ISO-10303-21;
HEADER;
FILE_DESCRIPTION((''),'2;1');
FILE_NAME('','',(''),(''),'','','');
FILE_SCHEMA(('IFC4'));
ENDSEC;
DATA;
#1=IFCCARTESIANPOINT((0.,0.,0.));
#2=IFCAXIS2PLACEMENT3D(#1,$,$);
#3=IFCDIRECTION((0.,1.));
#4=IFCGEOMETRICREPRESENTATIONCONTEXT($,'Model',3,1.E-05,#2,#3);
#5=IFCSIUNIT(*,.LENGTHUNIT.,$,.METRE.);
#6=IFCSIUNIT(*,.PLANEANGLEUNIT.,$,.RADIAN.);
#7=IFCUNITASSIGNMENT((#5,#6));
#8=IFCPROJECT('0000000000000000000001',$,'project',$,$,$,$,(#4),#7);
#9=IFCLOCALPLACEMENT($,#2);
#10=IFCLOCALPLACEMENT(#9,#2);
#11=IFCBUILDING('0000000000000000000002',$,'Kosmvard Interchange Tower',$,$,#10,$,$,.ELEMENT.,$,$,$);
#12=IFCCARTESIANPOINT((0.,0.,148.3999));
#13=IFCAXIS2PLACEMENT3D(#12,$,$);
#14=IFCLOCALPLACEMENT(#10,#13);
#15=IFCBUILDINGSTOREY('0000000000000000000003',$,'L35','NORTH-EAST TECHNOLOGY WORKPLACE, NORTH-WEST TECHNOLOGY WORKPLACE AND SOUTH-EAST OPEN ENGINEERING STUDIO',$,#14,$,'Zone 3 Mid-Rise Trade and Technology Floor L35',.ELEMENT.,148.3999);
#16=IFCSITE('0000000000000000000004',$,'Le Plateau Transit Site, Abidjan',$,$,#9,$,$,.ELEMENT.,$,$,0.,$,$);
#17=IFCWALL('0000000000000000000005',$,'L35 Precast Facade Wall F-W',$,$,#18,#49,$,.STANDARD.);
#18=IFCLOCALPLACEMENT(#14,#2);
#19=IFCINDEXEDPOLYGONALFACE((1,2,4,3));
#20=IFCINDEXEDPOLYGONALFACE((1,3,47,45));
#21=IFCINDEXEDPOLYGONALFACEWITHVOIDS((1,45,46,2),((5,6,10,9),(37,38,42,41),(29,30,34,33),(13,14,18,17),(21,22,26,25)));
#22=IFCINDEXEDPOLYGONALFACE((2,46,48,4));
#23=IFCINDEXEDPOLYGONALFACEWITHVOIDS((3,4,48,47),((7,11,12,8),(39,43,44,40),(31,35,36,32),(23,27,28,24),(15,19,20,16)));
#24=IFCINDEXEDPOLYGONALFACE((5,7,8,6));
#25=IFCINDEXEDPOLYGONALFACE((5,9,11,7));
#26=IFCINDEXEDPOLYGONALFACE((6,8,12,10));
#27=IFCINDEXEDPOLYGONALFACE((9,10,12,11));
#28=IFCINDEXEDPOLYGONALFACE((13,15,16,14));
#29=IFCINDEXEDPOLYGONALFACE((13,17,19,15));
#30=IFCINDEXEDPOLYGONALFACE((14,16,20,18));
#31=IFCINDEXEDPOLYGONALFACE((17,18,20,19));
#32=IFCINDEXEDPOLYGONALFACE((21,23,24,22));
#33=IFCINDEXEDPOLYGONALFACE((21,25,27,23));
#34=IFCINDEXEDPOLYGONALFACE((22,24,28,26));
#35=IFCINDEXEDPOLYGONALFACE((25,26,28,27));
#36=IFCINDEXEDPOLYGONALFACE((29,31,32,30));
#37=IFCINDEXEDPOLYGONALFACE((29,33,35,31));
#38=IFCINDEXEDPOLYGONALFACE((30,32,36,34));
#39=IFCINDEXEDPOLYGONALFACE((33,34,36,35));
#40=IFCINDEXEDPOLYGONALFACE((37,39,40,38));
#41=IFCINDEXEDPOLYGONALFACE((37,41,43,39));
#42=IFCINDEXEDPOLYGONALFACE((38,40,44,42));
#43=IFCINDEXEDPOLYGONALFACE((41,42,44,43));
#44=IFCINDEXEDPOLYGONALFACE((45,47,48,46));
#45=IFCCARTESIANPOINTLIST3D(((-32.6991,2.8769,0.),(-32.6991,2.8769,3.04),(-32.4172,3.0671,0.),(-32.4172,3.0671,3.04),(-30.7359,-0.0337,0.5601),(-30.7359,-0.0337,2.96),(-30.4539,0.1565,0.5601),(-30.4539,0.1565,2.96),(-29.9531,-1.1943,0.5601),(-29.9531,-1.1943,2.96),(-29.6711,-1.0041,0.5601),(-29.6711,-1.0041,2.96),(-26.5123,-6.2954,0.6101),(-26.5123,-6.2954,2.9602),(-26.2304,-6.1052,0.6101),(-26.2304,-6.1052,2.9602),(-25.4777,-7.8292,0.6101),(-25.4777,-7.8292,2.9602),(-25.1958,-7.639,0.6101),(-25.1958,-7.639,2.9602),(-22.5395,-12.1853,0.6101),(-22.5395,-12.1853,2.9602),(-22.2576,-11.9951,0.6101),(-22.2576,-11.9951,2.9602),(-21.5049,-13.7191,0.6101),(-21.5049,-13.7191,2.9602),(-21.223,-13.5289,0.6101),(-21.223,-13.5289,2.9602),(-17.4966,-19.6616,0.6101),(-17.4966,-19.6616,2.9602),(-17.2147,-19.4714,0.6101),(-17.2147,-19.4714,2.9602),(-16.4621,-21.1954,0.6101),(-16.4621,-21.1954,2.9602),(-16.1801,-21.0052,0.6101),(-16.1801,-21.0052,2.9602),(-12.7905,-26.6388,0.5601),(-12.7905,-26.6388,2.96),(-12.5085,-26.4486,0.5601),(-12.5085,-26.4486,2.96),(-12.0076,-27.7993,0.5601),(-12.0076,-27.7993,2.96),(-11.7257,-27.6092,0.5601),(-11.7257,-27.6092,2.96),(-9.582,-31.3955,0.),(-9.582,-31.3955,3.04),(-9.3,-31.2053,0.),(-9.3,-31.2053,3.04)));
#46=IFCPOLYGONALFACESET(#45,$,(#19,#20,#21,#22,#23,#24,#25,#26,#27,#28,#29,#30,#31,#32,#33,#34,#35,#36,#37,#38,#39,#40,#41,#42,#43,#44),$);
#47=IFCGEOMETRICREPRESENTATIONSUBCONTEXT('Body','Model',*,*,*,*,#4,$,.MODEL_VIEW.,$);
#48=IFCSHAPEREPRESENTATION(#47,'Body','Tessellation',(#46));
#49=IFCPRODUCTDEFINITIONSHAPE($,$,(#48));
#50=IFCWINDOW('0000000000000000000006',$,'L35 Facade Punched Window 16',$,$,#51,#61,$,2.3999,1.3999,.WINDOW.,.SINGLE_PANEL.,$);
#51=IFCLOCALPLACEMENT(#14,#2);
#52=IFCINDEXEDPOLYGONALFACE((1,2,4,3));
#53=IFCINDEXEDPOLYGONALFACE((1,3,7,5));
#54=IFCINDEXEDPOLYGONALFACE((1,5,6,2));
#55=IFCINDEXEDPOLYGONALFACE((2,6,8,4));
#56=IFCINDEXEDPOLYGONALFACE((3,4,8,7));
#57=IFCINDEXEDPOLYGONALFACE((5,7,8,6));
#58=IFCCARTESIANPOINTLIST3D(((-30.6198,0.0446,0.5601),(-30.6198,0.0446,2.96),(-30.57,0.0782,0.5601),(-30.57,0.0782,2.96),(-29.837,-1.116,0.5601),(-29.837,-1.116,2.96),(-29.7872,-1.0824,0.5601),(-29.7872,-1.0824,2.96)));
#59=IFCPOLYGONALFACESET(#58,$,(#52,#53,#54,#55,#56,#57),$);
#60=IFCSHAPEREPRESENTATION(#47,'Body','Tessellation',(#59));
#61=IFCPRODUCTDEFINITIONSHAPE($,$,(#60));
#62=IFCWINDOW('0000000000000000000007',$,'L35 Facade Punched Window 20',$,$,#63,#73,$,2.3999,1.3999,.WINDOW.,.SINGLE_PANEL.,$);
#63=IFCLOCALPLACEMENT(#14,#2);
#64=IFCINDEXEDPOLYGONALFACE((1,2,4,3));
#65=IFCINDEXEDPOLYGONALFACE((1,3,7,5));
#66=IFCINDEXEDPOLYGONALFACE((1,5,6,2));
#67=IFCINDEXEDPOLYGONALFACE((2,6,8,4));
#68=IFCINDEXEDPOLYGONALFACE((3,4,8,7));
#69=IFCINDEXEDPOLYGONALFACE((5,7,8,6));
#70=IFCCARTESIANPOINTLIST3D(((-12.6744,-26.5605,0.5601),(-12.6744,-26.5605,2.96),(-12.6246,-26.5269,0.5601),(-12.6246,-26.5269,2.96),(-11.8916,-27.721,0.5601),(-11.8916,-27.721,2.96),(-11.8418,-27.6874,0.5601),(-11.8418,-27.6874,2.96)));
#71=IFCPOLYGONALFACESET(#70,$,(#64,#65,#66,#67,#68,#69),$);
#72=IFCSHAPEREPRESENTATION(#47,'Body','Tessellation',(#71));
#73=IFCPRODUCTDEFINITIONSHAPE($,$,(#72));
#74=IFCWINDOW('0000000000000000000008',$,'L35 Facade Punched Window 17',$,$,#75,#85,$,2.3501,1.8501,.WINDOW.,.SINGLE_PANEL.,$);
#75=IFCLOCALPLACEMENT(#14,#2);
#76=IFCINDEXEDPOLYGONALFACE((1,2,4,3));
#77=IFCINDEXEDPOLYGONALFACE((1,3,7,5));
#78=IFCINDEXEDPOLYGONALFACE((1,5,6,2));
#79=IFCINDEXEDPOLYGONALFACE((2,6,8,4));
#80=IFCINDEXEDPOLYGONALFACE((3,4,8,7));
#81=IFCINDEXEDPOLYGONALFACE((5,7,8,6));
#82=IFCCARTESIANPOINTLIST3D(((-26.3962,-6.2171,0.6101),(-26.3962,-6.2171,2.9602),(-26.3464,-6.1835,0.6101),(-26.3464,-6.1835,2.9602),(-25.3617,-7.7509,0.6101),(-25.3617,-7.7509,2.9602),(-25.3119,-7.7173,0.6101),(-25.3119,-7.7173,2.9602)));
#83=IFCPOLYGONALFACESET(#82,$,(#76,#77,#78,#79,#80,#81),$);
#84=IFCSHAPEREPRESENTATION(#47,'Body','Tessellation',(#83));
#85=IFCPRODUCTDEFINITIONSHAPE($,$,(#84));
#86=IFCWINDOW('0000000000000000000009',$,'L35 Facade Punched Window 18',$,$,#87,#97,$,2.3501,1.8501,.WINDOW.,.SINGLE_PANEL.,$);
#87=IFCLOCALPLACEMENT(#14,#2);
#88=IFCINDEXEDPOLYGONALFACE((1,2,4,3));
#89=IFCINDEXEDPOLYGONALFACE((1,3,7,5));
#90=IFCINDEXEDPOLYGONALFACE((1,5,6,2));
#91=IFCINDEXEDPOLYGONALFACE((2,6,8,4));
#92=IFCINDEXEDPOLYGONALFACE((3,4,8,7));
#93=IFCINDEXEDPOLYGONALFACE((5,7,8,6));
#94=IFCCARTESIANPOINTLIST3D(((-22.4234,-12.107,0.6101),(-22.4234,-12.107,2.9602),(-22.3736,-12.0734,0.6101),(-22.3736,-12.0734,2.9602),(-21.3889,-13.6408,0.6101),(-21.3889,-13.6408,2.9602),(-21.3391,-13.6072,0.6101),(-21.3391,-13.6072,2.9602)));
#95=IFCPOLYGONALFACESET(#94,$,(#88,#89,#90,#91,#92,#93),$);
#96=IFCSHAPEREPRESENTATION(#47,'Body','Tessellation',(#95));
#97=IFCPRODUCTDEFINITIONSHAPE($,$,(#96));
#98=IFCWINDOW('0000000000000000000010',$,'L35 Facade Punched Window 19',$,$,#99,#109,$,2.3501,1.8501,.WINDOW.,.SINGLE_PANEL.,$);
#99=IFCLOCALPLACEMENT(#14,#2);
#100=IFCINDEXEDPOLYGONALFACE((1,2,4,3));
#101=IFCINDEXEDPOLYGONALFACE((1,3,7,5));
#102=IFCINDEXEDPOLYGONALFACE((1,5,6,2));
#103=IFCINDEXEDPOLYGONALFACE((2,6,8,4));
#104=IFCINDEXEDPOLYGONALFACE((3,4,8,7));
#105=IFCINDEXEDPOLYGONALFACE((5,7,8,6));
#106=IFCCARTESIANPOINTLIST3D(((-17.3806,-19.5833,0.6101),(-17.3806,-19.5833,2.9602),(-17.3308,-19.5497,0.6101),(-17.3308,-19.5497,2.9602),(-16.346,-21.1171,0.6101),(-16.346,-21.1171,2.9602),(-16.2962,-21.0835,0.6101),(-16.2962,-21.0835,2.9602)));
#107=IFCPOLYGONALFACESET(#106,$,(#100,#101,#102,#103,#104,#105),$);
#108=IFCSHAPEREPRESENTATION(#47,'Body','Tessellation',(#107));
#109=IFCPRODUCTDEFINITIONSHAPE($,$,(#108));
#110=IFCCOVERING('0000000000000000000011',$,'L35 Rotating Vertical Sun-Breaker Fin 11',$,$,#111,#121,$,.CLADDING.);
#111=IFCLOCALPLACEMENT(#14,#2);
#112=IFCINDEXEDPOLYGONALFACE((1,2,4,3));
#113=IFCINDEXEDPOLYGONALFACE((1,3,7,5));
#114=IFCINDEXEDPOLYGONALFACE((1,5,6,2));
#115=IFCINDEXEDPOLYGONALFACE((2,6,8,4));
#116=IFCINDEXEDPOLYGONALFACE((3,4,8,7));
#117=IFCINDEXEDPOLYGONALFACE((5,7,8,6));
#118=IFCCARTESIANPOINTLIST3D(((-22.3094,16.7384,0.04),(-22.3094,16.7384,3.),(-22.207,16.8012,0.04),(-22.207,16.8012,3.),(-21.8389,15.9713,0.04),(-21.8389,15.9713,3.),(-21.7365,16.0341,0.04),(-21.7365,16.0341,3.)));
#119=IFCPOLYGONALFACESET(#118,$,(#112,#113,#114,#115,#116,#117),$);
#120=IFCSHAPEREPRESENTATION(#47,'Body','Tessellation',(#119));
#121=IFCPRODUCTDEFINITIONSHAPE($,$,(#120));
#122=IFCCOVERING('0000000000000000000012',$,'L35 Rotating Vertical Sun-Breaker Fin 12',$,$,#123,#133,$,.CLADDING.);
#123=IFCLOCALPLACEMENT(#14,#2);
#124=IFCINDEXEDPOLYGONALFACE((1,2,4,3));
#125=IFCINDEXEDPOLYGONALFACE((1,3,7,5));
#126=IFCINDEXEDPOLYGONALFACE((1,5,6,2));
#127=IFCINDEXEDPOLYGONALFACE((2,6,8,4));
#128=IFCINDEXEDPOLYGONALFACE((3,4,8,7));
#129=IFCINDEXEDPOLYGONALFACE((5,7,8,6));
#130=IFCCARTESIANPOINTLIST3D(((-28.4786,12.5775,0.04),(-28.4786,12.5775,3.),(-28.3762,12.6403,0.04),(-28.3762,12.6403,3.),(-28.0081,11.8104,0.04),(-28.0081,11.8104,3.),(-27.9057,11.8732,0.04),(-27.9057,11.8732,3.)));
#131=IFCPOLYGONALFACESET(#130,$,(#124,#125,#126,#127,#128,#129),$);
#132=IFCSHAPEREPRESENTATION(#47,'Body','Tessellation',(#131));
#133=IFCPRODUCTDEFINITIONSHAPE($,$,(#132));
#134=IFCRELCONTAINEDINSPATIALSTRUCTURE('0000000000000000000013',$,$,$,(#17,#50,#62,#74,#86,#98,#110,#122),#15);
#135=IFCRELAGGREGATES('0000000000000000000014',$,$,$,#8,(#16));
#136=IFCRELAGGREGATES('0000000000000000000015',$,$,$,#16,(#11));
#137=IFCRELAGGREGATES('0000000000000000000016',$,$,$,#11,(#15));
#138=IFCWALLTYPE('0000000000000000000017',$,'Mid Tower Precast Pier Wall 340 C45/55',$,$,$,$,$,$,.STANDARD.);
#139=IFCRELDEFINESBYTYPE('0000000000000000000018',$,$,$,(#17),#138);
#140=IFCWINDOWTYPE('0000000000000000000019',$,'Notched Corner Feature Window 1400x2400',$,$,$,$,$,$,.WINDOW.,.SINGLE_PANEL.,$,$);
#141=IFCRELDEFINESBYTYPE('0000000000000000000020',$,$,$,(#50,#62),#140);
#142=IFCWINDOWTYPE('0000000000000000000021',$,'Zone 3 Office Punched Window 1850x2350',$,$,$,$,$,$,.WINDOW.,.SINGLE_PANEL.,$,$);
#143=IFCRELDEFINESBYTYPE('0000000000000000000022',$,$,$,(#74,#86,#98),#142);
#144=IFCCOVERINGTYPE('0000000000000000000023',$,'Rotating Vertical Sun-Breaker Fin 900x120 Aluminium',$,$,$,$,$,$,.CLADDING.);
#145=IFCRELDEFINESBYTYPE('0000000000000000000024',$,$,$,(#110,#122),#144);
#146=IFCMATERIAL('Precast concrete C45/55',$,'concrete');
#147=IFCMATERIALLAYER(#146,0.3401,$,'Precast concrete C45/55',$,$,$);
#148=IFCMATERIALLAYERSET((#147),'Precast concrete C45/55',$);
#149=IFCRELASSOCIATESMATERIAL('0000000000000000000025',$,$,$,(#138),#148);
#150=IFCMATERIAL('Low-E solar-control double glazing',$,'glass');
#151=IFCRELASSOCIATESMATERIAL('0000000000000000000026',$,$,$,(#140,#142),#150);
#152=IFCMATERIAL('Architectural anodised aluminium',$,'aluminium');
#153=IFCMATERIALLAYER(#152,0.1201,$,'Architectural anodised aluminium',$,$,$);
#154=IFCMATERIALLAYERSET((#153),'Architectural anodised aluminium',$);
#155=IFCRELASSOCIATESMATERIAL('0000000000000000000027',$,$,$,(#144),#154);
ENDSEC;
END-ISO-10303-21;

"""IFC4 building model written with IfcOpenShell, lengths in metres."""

from ifc_helpers import new_model, si_unit, direction, frame, frame_2d, origin, origin_2d, place, context, subcontext, project, spatial, rectangle, extrude, source, transform, mapped, material, layer, layer_set, type_object, element, fill, save


model = new_model("IFC4")

# Units and contexts
model_context = context("Model", 3, precision=1e-05, world=origin(), true_north=direction((0.0, 1.0)))
body_context = subcontext(model_context, "Body", "Model", "MODEL_VIEW")
ifc_project = project(units=[si_unit("LENGTHUNIT", "METRE"), si_unit("PLANEANGLEUNIT", "RADIAN")], contexts=[model_context])

# Site, building, storey
site_placement = place(None, origin())
site = spatial("IfcSite", under=ifc_project, at=site_placement, Name="Le Plateau Transit Site, Abidjan", CompositionType="ELEMENT", RefElevation=0.0)
building_placement = place(site_placement, origin())
building = spatial("IfcBuilding", under=site, at=building_placement, Name="Kosmvard Interchange Tower", CompositionType="ELEMENT")
storey_placement = place(building_placement, frame((0.0, 0.0, 148.3999)))
storey = spatial("IfcBuildingStorey", under=building, at=storey_placement, Name="L35", Description="NORTH-EAST TECHNOLOGY WORKPLACE, NORTH-WEST TECHNOLOGY WORKPLACE AND SOUTH-EAST OPEN ENGINEERING STUDIO", LongName="Zone 3 Mid-Rise Trade and Technology Floor L35", CompositionType="ELEMENT", Elevation=148.3999)

# Shared definitions
ifc_material_1 = material(Name="Precast concrete C45/55", Category="concrete")

# Shared definitions
ifc_layer_1 = layer(ifc_material_1, 0.3401, Name="Precast concrete C45/55")
ifc_layer_set_1 = layer_set([ifc_layer_1], Name="Precast concrete C45/55")
wall_type = type_object("IfcWallType", Name="Mid Tower Precast Pier Wall 340 C45/55", PredefinedType="STANDARD", material=ifc_layer_set_1)

# Shared definitions
ifc_material_2 = material(Name="Low-E solar-control double glazing", Category="glass")
window_type_1 = type_object("IfcWindowType", Name="Notched Corner Feature Window 1400x2400", PartitioningType="SINGLE_PANEL", PredefinedType="WINDOW", material=ifc_material_2)
shared_shape_1 = source(origin(), body_context, "Body", "SweptSolid", [
    extrude(rectangle(XDim=1.3999, YDim=2.3999, at=frame_2d((0.7, 1.2))), frame((0.0, 0.03, 0.0), z_axis=(0.0, -1.0, 0.0), x_axis=(1.0, 0.0, 0.0)), (0.0, 0.0, 1.0), 0.0601),
])

# Wall, openings, windows
wall_1_placement = place(storey_placement, frame((-32.5581, 2.9719, 0.0), z_axis=(0.0, 0.0, 1.0), x_axis=(0.559195, -0.829036, 0.0)))
wall_1 = element("IfcWall", 1, at=wall_1_placement, inside=storey, type_object=wall_type, Name="L35 Precast Facade Wall F-W", PredefinedType="STANDARD", context=body_context, shape_type="SweptSolid", body=[
    extrude(rectangle(XDim=41.3401, YDim=0.3401, at=frame_2d((20.6699, 0.0))), origin(), (0.0, 0.0, 1.0), 3.04),
])
opening_1_placement = place(wall_1_placement, frame((3.5107, 0.0, 0.5601)))
opening_1 = element("IfcOpeningElement", 2, at=opening_1_placement, cuts=wall_1, PredefinedType="OPENING", context=body_context, shape_type="SweptSolid", body=[
    extrude(rectangle(XDim=1.3999, YDim=2.3999, at=frame_2d((0.7, 1.2))), frame((0.0, 0.1802, 0.0), z_axis=(0.0, -1.0, 0.0), x_axis=(1.0, 0.0, 0.0)), (0.0, 0.0, 1.0), 0.3601),
])
opening_2_placement = place(wall_1_placement, frame((11.0637, 0.0, 0.6101)))
opening_2 = element("IfcOpeningElement", 3, at=opening_2_placement, cuts=wall_1, PredefinedType="OPENING", context=body_context, shape_type="SweptSolid", body=[
    extrude(rectangle(XDim=1.8501, YDim=2.3501, at=frame_2d((0.925, 1.175))), frame((0.0, 0.1802, 0.0), z_axis=(0.0, -1.0, 0.0), x_axis=(1.0, 0.0, 0.0)), (0.0, 0.0, 1.0), 0.3601),
])
opening_3_placement = place(wall_1_placement, frame((18.1682, 0.0, 0.6101)))
opening_3 = element("IfcOpeningElement", 4, at=opening_3_placement, cuts=wall_1, PredefinedType="OPENING", context=body_context, shape_type="SweptSolid", body=[
    extrude(rectangle(XDim=1.8501, YDim=2.3501, at=frame_2d((0.925, 1.175))), frame((0.0, 0.1802, 0.0), z_axis=(0.0, -1.0, 0.0), x_axis=(1.0, 0.0, 0.0)), (0.0, 0.0, 1.0), 0.3601),
])
opening_4_placement = place(wall_1_placement, frame((27.1863, 0.0, 0.6101)))
opening_4 = element("IfcOpeningElement", 5, at=opening_4_placement, cuts=wall_1, PredefinedType="OPENING", context=body_context, shape_type="SweptSolid", body=[
    extrude(rectangle(XDim=1.8501, YDim=2.3501, at=frame_2d((0.925, 1.175))), frame((0.0, 0.1802, 0.0), z_axis=(0.0, -1.0, 0.0), x_axis=(1.0, 0.0, 0.0)), (0.0, 0.0, 1.0), 0.3601),
])
opening_5_placement = place(wall_1_placement, frame((35.6023, 0.0, 0.5601)))
opening_5 = element("IfcOpeningElement", 6, at=opening_5_placement, cuts=wall_1, PredefinedType="OPENING", context=body_context, shape_type="SweptSolid", body=[
    extrude(rectangle(XDim=1.3999, YDim=2.3999, at=frame_2d((0.7, 1.2))), frame((0.0, 0.1802, 0.0), z_axis=(0.0, -1.0, 0.0), x_axis=(1.0, 0.0, 0.0)), (0.0, 0.0, 1.0), 0.3601),
])
window_1_placement = place(opening_1_placement, origin())
window_1 = element("IfcWindow", 7, at=window_1_placement, inside=storey, type_object=window_type_1, Name="L35 Facade Punched Window 16", OverallHeight=2.3999, OverallWidth=1.3999, PartitioningType="SINGLE_PANEL", PredefinedType="WINDOW", context=body_context, shape_type="MappedRepresentation", body=[
    mapped(shared_shape_1, transform((0.0, 0.0, 0.0), scale=1.0)),
])
fill(opening_1, window_1)
window_2_placement = place(opening_5_placement, origin())
window_2 = element("IfcWindow", 8, at=window_2_placement, inside=storey, type_object=window_type_1, Name="L35 Facade Punched Window 20", OverallHeight=2.3999, OverallWidth=1.3999, PartitioningType="SINGLE_PANEL", PredefinedType="WINDOW", context=body_context, shape_type="MappedRepresentation", body=[
    mapped(shared_shape_1, transform((0.0, 0.0, 0.0), scale=1.0)),
])
fill(opening_5, window_2)
window_type_2 = type_object("IfcWindowType", Name="Zone 3 Office Punched Window 1850x2350", PartitioningType="SINGLE_PANEL", PredefinedType="WINDOW", material=ifc_material_2)
shared_shape_2 = source(origin(), body_context, "Body", "SweptSolid", [
    extrude(rectangle(XDim=1.8501, YDim=2.3501, at=frame_2d((0.925, 1.175))), frame((0.0, 0.03, 0.0), z_axis=(0.0, -1.0, 0.0), x_axis=(1.0, 0.0, 0.0)), (0.0, 0.0, 1.0), 0.0601),
])
window_3_placement = place(opening_2_placement, origin())
window_3 = element("IfcWindow", 9, at=window_3_placement, inside=storey, type_object=window_type_2, Name="L35 Facade Punched Window 17", OverallHeight=2.3501, OverallWidth=1.8501, PartitioningType="SINGLE_PANEL", PredefinedType="WINDOW", context=body_context, shape_type="MappedRepresentation", body=[
    mapped(shared_shape_2, transform((0.0, 0.0, 0.0), scale=1.0)),
])
fill(opening_2, window_3)
window_4_placement = place(opening_3_placement, origin())
window_4 = element("IfcWindow", 10, at=window_4_placement, inside=storey, type_object=window_type_2, Name="L35 Facade Punched Window 18", OverallHeight=2.3501, OverallWidth=1.8501, PartitioningType="SINGLE_PANEL", PredefinedType="WINDOW", context=body_context, shape_type="MappedRepresentation", body=[
    mapped(shared_shape_2, transform((0.0, 0.0, 0.0), scale=1.0)),
])
fill(opening_3, window_4)
window_5_placement = place(opening_4_placement, origin())
window_5 = element("IfcWindow", 11, at=window_5_placement, inside=storey, type_object=window_type_2, Name="L35 Facade Punched Window 19", OverallHeight=2.3501, OverallWidth=1.8501, PartitioningType="SINGLE_PANEL", PredefinedType="WINDOW", context=body_context, shape_type="MappedRepresentation", body=[
    mapped(shared_shape_2, transform((0.0, 0.0, 0.0), scale=1.0)),
])
fill(opening_4, window_5)

# Coverings
ifc_material_3 = material(Name="Architectural anodised aluminium", Category="aluminium")
ifc_layer_2 = layer(ifc_material_3, 0.1201, Name="Architectural anodised aluminium")
ifc_layer_set_2 = layer_set([ifc_layer_2], Name="Architectural anodised aluminium")
covering_type = type_object("IfcCoveringType", Name="Rotating Vertical Sun-Breaker Fin 900x120 Aluminium", PredefinedType="CLADDING", material=ifc_layer_set_2)
shared_shape_3 = source(origin(), body_context, "Body", "SweptSolid", [
    extrude(rectangle(XDim=0.8999, YDim=0.1201, at=origin_2d()), origin(), (0.0, 0.0, 1.0), 2.96),
])
for number, where, z_axis, x_axis, name in (
    (12, (-22.0229, 16.3862, 0.04), (0.0, 0.0, 1.0), (-0.522796, 0.852458, 0.0), "L35 Rotating Vertical Sun-Breaker Fin 11"),
    (13, (-28.1921, 12.2253, 0.04), (0.0, 0.0, 1.0), (-0.522796, 0.852458, 0.0), "L35 Rotating Vertical Sun-Breaker Fin 12"),
):
    element("IfcCovering", number, at=place(storey_placement, frame(where, z_axis=z_axis, x_axis=x_axis)), inside=storey, type_object=covering_type, Name=name, PredefinedType="CLADDING", context=body_context, shape_type="MappedRepresentation", body=[
        mapped(shared_shape_3, transform((0.0, 0.0, 0.0), scale=1.0)),
    ])

save(model, "model.ifc")
